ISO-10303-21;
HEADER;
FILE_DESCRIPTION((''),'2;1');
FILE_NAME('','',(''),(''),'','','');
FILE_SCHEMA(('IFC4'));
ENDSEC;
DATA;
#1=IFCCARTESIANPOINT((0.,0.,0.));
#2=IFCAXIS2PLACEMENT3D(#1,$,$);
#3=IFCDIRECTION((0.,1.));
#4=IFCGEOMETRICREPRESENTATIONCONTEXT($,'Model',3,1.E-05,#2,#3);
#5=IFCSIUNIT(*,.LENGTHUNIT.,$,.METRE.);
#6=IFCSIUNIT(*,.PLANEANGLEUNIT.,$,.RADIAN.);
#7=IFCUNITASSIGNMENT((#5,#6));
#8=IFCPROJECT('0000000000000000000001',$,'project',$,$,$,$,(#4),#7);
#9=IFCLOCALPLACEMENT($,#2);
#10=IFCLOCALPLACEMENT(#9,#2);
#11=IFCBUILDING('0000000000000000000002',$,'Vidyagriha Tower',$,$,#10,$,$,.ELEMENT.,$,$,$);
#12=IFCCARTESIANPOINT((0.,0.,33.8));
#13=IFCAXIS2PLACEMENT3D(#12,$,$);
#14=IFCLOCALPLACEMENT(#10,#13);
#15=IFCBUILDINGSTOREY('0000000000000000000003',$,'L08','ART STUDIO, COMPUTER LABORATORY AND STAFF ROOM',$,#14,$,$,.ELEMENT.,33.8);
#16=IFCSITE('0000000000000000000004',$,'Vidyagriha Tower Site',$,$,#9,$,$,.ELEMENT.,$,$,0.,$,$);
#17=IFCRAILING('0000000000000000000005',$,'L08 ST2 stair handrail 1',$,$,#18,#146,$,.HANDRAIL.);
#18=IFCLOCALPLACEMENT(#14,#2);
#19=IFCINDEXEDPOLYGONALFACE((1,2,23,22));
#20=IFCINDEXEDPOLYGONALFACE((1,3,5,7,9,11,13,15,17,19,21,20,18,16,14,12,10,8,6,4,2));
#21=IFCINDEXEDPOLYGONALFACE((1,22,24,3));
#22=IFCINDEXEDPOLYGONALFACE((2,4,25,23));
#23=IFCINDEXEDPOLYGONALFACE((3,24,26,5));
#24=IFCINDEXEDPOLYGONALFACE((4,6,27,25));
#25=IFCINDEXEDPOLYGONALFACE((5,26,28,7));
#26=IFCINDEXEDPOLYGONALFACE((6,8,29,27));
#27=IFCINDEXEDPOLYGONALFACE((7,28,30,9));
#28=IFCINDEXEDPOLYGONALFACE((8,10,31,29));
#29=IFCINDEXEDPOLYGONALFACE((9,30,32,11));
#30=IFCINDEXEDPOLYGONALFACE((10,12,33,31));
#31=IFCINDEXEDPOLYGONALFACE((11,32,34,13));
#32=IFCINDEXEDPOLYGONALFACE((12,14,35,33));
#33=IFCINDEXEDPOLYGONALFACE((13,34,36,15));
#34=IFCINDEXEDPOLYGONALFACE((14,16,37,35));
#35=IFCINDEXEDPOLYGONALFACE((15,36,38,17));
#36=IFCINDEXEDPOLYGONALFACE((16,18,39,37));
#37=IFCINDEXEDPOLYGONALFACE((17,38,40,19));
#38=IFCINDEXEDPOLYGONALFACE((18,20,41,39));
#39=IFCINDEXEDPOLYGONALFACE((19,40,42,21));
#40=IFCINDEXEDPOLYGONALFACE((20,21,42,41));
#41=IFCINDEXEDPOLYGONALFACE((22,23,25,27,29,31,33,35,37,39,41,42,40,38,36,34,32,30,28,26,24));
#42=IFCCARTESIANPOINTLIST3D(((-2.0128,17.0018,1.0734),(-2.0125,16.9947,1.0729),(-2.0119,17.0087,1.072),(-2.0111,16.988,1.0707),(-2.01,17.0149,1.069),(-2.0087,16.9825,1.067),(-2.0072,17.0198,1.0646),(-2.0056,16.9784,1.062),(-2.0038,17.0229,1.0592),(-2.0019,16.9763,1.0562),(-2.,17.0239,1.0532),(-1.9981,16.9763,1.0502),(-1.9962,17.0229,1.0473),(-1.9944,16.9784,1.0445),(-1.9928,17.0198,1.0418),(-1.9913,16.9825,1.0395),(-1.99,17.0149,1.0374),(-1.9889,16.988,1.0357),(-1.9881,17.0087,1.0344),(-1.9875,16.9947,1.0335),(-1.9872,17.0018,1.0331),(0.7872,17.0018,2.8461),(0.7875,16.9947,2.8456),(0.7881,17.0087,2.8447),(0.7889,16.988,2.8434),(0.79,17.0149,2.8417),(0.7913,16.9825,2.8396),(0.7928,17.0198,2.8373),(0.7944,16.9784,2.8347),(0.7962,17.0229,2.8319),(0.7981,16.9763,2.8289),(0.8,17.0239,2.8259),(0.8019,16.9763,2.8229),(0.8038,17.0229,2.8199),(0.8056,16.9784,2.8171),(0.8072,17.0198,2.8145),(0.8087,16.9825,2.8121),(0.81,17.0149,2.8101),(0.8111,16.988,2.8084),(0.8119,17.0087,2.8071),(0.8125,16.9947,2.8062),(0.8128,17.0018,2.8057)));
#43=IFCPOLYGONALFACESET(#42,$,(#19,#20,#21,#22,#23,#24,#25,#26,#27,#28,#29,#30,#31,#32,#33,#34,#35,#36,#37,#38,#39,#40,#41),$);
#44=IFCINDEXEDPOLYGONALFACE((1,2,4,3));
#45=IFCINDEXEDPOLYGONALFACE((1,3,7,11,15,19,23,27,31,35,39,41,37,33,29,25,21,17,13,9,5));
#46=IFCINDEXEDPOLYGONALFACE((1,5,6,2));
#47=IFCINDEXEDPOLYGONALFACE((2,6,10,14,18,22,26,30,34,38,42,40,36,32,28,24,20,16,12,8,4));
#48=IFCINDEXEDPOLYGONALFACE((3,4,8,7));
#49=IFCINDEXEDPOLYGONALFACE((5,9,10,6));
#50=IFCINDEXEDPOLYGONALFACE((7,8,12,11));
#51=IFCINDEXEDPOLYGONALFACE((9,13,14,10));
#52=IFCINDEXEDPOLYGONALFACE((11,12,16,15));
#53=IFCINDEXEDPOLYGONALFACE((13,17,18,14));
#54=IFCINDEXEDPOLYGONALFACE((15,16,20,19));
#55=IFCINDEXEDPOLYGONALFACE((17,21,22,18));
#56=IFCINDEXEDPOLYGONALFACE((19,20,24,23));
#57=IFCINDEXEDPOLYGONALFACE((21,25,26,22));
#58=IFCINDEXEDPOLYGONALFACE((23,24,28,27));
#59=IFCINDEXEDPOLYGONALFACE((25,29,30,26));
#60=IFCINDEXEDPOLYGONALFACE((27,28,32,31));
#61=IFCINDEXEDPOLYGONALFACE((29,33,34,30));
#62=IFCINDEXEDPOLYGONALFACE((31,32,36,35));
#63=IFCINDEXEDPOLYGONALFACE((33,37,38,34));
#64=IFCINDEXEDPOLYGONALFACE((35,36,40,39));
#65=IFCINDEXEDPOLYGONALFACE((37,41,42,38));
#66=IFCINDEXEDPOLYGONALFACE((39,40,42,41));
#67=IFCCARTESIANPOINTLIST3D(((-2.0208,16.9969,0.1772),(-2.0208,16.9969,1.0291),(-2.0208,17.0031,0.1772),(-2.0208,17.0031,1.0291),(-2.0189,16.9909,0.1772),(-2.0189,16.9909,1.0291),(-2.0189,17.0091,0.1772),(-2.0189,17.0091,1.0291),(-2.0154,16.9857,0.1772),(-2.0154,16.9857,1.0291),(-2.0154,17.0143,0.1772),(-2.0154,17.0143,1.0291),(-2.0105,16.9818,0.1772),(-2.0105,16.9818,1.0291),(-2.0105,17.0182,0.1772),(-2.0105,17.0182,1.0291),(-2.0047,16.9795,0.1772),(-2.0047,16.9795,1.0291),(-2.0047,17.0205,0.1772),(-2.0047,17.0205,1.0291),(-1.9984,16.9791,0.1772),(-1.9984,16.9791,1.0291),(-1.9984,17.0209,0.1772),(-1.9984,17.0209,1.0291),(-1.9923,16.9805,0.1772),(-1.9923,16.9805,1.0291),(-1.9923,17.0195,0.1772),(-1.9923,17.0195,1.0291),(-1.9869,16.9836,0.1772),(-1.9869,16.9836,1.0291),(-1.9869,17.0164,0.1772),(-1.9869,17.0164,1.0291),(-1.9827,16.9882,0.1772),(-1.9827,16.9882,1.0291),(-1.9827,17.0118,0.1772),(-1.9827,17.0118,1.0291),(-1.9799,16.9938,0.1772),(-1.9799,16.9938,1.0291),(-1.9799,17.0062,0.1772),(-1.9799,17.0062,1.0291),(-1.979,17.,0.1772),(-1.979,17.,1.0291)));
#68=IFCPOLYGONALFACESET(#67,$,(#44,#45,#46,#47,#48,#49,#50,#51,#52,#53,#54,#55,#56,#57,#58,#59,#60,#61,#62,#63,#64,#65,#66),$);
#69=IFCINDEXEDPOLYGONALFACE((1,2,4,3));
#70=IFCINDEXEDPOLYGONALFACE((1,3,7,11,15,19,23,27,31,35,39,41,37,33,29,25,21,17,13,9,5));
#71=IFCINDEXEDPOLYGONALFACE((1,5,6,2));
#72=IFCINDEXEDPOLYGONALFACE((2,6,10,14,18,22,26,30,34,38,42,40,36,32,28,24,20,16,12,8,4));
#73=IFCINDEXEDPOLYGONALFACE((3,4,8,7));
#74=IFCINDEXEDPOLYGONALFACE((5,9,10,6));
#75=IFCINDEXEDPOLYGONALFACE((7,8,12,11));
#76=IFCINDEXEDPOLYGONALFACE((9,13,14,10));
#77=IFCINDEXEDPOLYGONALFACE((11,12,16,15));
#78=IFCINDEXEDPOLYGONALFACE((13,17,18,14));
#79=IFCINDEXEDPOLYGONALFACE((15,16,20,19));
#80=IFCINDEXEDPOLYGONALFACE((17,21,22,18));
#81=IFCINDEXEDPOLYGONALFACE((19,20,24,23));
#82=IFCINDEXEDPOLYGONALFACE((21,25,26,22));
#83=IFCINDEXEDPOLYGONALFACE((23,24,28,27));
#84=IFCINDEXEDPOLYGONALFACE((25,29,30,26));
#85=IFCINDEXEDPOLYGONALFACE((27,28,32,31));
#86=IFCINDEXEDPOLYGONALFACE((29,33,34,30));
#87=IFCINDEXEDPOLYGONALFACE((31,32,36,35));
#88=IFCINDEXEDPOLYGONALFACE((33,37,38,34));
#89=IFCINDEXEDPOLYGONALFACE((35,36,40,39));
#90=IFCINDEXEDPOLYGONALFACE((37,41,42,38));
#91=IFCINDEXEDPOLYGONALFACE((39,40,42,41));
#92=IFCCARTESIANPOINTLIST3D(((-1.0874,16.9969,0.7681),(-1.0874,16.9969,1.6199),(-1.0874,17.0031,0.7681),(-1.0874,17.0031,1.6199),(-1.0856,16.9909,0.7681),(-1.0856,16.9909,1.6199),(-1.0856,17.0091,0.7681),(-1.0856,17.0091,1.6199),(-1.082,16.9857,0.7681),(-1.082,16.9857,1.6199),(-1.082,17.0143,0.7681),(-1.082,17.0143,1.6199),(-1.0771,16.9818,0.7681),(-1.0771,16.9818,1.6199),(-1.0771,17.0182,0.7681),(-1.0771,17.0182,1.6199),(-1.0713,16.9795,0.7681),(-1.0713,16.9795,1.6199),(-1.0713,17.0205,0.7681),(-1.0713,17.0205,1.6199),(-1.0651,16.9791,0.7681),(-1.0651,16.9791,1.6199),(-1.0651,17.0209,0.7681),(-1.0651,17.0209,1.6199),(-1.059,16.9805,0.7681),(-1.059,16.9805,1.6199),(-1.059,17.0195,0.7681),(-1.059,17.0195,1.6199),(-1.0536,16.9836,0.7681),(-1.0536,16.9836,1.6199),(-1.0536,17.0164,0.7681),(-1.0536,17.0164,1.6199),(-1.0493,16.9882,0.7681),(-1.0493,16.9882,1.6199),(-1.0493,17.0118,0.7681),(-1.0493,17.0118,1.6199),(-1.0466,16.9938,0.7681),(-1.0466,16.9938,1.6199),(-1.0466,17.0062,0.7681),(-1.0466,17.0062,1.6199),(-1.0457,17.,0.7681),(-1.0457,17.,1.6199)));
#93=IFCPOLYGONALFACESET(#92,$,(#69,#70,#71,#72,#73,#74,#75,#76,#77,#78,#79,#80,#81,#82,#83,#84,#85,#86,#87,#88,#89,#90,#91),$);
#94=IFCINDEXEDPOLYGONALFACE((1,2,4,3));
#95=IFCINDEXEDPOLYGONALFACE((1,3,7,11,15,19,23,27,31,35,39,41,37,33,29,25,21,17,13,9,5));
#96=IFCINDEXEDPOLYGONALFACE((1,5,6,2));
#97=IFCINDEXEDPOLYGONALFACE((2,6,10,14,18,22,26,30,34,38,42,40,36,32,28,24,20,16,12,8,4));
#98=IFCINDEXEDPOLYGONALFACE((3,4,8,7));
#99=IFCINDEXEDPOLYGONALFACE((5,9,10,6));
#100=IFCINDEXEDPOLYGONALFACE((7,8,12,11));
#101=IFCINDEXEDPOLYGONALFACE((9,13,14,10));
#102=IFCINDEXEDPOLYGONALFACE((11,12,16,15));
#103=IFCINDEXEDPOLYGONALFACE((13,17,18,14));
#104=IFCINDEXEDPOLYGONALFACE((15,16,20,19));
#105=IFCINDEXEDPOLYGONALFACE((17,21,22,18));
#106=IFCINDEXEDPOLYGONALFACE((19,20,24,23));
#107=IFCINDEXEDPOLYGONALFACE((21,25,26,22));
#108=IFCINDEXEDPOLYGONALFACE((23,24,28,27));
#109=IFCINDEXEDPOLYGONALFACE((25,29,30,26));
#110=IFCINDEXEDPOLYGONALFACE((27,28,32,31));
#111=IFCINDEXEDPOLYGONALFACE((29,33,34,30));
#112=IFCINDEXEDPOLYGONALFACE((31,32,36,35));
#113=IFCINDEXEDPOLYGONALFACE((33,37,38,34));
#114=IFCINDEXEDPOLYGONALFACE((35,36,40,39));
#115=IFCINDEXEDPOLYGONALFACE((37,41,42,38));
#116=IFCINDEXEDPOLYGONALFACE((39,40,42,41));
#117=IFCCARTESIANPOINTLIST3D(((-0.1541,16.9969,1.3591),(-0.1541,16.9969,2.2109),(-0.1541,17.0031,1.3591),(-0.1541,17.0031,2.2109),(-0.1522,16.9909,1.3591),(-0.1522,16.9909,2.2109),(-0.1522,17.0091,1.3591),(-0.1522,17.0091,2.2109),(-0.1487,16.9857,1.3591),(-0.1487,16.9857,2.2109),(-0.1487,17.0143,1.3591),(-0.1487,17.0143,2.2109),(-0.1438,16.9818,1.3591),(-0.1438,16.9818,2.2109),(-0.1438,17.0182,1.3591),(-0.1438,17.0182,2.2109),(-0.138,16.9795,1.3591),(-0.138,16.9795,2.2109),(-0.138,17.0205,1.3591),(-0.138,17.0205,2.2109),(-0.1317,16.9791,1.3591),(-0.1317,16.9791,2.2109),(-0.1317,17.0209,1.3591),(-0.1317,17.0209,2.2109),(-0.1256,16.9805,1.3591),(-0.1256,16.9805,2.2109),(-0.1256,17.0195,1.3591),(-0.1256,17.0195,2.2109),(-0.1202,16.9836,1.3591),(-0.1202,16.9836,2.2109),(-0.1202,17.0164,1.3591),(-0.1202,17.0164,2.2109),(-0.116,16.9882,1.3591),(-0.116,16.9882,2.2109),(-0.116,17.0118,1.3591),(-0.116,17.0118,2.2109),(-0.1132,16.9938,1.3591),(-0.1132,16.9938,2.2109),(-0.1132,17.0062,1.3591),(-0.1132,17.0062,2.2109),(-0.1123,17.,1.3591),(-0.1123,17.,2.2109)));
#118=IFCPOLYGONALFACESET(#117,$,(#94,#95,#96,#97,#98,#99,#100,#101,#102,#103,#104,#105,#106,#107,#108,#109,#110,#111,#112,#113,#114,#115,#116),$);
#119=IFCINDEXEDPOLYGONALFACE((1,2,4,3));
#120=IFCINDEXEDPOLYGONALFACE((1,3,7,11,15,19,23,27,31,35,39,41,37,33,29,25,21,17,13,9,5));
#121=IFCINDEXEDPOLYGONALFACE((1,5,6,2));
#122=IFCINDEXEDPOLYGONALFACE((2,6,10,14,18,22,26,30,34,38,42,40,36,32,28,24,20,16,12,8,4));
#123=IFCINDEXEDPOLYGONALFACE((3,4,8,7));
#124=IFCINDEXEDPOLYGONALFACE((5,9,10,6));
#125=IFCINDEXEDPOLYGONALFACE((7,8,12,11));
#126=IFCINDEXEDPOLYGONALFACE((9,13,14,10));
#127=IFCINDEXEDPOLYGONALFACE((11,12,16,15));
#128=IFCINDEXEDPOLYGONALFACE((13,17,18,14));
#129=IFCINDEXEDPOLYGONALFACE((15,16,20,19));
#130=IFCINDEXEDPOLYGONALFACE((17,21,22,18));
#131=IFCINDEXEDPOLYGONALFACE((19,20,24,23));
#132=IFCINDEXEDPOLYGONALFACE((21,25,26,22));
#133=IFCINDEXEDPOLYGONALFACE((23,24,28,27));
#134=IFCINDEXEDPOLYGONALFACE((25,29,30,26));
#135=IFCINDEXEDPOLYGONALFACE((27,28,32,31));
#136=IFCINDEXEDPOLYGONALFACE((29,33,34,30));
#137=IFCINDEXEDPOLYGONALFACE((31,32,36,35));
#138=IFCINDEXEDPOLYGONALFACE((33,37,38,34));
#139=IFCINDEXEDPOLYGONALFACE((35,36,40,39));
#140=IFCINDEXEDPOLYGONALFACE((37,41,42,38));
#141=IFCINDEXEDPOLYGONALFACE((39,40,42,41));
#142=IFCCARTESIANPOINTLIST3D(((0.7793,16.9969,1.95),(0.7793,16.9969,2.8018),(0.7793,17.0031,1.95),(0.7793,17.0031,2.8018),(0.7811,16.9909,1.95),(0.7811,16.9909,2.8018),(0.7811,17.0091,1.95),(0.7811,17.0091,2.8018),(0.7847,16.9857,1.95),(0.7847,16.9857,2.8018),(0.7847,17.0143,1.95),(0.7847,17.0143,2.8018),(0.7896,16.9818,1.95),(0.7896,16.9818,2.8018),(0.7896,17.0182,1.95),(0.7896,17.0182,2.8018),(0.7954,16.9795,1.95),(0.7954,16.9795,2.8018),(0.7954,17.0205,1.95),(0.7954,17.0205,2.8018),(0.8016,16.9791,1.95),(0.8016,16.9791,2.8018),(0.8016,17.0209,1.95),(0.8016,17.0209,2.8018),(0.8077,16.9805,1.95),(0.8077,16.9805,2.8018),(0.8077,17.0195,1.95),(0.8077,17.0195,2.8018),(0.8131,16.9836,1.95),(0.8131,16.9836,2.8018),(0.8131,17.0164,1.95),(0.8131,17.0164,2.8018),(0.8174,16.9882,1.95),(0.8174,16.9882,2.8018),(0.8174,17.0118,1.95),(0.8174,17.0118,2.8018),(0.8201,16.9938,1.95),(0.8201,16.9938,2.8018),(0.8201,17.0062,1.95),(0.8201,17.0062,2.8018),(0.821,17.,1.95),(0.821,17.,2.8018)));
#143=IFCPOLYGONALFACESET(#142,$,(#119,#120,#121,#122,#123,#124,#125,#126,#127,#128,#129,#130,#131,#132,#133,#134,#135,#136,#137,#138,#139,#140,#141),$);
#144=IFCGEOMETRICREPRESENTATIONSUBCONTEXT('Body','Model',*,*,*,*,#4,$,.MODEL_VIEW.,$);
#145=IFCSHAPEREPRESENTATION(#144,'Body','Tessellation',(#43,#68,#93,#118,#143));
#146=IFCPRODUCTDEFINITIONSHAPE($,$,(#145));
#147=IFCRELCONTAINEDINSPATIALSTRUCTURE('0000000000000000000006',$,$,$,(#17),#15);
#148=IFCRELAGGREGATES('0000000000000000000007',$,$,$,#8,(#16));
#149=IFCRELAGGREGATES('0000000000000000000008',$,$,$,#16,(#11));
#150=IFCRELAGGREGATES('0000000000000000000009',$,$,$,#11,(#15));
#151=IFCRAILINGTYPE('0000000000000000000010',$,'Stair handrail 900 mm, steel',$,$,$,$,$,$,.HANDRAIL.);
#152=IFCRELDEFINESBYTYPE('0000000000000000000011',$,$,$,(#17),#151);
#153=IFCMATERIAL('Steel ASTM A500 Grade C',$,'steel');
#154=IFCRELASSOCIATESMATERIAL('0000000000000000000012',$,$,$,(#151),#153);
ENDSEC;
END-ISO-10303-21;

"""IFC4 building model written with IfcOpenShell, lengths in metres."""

from ifc_helpers import new_model, si_unit, direction, frame, origin, origin_2d, place, context, subcontext, project, spatial, circle, extrude, material, type_object, element, save


model = new_model("IFC4")

# Units and contexts
model_context = context("Model", 3, precision=1e-05, world=origin(), true_north=direction((0.0, 1.0)))
body_context = subcontext(model_context, "Body", "Model", "MODEL_VIEW")
ifc_project = project(units=[si_unit("LENGTHUNIT", "METRE"), si_unit("PLANEANGLEUNIT", "RADIAN")], contexts=[model_context])

# Site, building, storey
site_placement = place(None, origin())
site = spatial("IfcSite", under=ifc_project, at=site_placement, Name="Vidyagriha Tower Site", CompositionType="ELEMENT", RefElevation=0.0)
building_placement = place(site_placement, origin())
building = spatial("IfcBuilding", under=site, at=building_placement, Name="Vidyagriha Tower", CompositionType="ELEMENT")
storey_placement = place(building_placement, frame((0.0, 0.0, 33.8)))
storey = spatial("IfcBuildingStorey", under=building, at=storey_placement, Name="L08", Description="ART STUDIO, COMPUTER LABORATORY AND STAFF ROOM", CompositionType="ELEMENT", Elevation=33.8)

# Railing
ifc_material_1 = material(Name="Steel ASTM A500 Grade C", Category="steel")
railing_type_1 = type_object("IfcRailingType", Name="Stair handrail 900 mm, steel", PredefinedType="HANDRAIL", material=ifc_material_1)
railing_1_placement = place(storey_placement, frame((-2.0, 17.0, 0.1772)))
element("IfcRailing", 1, at=railing_1_placement, inside=storey, type_object=railing_type_1, Name="L08 ST2 stair handrail 1", PredefinedType="HANDRAIL", context=body_context, shape_type="SweptSolid", body=[
    extrude(circle(Radius=0.0239, at=origin_2d()), frame((0.0, 0.0, 0.876), z_axis=(0.844909, 0.0, 0.53491), x_axis=(0.0, 1.0, 0.0)), (0.0, 0.0, 1.0), 3.314),
    extrude(circle(Radius=0.021, at=origin_2d()), origin(), (0.0, 0.0, 1.0), 0.8518),
    extrude(circle(Radius=0.021, at=origin_2d()), frame((0.9333, 0.0, 0.5908)), (0.0, 0.0, 1.0), 0.8518),
    extrude(circle(Radius=0.021, at=origin_2d()), frame((1.8667, 0.0, 1.1819)), (0.0, 0.0, 1.0), 0.8518),
    extrude(circle(Radius=0.021, at=origin_2d()), frame((2.8, 0.0, 1.7727)), (0.0, 0.0, 1.0), 0.8518),
])

save(model, "model.ifc")
